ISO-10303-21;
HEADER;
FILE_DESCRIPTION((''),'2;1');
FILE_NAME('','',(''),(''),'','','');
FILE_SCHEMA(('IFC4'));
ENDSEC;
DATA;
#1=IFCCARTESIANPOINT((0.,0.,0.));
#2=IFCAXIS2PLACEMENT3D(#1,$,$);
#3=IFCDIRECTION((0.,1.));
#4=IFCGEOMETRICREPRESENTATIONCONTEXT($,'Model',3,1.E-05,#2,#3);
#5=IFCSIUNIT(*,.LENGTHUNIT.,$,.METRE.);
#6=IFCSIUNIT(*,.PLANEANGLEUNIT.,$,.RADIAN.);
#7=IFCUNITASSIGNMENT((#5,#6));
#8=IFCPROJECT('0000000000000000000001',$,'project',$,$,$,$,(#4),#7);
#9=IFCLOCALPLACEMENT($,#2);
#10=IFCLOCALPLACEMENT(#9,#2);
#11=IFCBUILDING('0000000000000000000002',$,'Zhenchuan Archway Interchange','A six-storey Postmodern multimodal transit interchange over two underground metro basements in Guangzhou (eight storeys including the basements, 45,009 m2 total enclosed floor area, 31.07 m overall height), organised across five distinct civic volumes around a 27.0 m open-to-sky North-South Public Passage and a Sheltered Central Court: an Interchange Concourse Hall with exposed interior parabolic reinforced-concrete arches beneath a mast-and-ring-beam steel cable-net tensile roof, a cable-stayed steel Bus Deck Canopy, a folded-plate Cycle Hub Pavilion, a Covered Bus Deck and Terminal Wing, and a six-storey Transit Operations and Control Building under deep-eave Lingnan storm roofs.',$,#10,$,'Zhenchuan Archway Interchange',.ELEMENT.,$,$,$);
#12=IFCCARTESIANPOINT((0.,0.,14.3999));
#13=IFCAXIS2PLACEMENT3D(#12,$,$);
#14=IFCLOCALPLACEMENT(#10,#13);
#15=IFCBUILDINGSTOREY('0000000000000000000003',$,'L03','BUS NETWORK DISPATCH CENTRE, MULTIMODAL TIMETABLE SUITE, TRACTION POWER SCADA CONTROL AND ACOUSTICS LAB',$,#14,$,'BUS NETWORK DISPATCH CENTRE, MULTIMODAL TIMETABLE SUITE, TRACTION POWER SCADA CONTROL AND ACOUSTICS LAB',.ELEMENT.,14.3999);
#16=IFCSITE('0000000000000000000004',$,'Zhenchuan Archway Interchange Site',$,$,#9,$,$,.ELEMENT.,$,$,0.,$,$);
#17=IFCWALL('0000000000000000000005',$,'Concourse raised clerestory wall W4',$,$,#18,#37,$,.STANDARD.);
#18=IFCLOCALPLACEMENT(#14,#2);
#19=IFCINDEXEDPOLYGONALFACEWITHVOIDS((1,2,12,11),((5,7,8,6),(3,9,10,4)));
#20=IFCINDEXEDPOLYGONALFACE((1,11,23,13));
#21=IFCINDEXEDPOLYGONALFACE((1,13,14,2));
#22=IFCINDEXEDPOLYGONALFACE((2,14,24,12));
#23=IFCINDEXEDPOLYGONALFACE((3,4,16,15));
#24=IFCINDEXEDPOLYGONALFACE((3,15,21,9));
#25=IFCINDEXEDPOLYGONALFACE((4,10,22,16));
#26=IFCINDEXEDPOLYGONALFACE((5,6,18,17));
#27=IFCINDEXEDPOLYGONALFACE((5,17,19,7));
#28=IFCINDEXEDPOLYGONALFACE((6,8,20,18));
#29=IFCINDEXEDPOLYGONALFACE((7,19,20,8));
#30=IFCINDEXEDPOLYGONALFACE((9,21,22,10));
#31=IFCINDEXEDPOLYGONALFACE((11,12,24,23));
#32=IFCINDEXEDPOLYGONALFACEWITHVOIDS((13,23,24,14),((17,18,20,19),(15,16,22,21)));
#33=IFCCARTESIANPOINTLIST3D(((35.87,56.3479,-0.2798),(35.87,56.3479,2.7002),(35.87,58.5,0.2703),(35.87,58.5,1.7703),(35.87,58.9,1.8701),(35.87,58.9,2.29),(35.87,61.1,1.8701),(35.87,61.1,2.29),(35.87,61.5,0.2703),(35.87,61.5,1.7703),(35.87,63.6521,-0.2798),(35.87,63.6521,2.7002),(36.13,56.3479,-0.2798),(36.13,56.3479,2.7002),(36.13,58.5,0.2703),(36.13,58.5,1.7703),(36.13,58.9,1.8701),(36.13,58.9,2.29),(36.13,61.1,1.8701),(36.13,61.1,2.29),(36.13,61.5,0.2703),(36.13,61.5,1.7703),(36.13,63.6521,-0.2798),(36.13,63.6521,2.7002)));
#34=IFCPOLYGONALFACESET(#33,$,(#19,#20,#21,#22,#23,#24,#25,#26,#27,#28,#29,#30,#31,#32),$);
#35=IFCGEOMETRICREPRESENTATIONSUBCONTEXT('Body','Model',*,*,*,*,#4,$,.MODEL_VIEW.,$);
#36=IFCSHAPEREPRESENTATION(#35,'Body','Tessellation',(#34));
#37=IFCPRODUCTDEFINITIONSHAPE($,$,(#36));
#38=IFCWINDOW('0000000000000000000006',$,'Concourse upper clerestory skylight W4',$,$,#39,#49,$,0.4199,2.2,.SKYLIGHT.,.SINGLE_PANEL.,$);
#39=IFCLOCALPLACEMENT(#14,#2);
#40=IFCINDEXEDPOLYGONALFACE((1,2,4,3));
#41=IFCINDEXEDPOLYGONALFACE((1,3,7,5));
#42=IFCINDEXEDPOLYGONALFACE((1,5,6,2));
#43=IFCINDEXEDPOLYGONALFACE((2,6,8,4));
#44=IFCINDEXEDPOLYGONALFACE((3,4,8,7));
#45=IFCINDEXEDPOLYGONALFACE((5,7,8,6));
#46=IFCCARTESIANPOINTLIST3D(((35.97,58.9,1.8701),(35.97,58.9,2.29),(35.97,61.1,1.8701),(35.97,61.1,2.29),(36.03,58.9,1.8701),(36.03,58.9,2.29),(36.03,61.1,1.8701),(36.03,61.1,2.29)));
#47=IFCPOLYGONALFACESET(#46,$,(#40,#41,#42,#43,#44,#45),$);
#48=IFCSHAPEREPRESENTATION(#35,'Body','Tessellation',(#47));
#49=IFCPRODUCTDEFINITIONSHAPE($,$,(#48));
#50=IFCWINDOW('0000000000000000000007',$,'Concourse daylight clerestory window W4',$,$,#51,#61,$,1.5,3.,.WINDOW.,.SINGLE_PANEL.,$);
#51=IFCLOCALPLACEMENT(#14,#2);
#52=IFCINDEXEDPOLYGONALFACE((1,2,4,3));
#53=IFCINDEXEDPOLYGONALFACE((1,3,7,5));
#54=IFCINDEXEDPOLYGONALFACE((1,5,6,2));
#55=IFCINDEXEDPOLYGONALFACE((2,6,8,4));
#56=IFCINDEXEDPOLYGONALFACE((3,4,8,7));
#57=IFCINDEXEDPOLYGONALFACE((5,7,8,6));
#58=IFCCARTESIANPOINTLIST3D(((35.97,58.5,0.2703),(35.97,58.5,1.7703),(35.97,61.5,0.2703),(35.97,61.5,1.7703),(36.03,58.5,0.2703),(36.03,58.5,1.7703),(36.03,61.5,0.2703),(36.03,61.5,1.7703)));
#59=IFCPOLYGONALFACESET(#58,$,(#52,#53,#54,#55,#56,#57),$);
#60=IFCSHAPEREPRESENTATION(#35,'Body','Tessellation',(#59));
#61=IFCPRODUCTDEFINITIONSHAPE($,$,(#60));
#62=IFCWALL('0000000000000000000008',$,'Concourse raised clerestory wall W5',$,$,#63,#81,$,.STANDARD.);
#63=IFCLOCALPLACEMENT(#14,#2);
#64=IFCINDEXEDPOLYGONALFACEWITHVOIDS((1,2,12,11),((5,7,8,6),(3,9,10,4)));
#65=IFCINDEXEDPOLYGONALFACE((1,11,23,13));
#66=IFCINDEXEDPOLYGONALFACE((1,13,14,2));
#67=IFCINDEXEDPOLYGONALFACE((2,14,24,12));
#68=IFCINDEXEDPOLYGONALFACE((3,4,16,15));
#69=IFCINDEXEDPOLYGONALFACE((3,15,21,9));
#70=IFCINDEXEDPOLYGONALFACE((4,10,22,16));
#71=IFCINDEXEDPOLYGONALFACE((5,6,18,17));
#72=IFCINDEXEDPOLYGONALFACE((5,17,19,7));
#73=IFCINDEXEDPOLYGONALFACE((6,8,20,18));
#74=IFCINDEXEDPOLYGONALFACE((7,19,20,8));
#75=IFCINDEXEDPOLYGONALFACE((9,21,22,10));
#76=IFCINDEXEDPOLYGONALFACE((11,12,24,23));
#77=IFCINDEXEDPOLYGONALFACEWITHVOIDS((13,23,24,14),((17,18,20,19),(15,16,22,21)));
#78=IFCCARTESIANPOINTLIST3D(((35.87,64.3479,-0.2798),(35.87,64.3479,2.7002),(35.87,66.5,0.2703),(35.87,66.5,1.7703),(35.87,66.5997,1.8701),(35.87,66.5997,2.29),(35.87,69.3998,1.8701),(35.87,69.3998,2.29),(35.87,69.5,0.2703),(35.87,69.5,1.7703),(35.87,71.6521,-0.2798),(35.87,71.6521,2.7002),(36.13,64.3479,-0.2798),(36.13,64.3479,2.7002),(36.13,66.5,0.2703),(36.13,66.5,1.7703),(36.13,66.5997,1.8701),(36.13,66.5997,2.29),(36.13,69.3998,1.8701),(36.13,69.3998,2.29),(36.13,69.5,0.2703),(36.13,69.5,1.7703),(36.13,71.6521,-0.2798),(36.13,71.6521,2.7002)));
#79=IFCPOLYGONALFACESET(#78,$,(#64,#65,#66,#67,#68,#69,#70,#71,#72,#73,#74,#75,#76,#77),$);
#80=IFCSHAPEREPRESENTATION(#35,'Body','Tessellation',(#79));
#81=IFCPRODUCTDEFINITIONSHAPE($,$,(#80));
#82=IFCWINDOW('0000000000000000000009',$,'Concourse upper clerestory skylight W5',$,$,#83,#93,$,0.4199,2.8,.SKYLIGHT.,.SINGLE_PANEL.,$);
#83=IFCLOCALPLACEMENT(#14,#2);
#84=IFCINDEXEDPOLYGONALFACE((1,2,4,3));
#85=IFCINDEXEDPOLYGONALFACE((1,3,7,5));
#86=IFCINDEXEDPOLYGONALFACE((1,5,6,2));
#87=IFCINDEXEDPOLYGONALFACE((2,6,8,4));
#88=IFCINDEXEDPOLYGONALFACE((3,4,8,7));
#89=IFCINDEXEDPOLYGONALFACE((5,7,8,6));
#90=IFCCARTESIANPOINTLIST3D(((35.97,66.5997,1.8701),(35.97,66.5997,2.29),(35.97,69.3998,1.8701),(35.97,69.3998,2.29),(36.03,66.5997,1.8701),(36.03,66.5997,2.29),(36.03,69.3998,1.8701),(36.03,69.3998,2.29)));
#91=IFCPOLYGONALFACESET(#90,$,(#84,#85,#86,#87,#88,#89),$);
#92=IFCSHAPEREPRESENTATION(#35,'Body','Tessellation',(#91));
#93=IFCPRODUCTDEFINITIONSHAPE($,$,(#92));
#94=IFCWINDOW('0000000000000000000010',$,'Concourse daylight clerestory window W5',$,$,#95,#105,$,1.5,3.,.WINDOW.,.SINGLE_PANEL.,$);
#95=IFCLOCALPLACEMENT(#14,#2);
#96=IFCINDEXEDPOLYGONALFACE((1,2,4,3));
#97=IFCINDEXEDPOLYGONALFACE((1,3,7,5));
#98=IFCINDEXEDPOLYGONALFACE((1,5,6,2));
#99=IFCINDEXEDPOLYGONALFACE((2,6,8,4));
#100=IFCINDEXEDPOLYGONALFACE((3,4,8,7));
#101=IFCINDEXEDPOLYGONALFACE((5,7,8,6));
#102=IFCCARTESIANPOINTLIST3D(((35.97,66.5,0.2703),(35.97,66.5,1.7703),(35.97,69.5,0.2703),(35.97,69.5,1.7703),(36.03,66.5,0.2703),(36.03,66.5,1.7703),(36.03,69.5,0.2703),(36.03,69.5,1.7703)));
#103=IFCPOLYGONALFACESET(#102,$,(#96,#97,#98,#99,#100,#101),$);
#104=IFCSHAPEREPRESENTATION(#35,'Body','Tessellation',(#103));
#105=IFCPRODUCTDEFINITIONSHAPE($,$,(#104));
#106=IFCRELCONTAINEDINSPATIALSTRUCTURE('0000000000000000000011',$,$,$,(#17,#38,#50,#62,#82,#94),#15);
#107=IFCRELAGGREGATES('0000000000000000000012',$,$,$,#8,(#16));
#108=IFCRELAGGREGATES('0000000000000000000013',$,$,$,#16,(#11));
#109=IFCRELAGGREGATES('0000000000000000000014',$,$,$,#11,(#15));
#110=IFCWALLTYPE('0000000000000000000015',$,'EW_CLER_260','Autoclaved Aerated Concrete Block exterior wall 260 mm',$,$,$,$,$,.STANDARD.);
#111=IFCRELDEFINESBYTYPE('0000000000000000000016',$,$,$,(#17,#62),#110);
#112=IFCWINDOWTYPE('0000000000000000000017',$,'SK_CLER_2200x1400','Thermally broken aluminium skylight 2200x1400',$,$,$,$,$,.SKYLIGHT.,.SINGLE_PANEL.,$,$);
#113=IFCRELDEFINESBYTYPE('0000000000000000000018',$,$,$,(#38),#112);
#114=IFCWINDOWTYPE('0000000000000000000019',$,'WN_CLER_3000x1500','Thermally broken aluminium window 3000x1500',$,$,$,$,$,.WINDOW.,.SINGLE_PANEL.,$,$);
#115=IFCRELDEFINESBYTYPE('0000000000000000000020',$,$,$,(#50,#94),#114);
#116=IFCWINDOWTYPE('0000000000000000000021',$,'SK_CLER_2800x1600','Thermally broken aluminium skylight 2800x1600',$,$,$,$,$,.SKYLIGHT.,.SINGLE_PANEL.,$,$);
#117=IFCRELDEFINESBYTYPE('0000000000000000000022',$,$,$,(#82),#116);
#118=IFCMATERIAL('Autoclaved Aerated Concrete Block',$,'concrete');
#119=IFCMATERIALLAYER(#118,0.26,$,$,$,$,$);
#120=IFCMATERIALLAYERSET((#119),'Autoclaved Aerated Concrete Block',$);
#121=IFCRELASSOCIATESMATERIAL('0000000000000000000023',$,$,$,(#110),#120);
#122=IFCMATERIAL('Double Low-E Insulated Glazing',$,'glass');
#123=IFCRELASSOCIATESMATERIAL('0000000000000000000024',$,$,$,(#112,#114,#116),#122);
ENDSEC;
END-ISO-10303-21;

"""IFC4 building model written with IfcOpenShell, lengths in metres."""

from ifc_helpers import new_model, si_unit, direction, frame, frame_2d, origin, place, context, subcontext, project, spatial, rectangle, extrude, material, layer, layer_set, type_object, element, fill, save


model = new_model("IFC4")

# Units and contexts
model_context = context("Model", 3, precision=1e-05, world=origin(), true_north=direction((0.0, 1.0)))
body_context = subcontext(model_context, "Body", "Model", "MODEL_VIEW")
ifc_project = project(units=[si_unit("LENGTHUNIT", "METRE"), si_unit("PLANEANGLEUNIT", "RADIAN")], contexts=[model_context])

# Site, building, storey
site_placement = place(None, origin())
site = spatial("IfcSite", under=ifc_project, at=site_placement, Name="Zhenchuan Archway Interchange Site", CompositionType="ELEMENT", RefElevation=0.0)
building_placement = place(site_placement, origin())
building = spatial("IfcBuilding", under=site, at=building_placement, Name="Zhenchuan Archway Interchange", Description="A six-storey Postmodern multimodal transit interchange over two underground metro basements in Guangzhou (eight storeys including the basements, 45,009 m2 total enclosed floor area, 31.07 m overall height), organised across five distinct civic volumes around a 27.0 m open-to-sky North-South Public Passage and a Sheltered Central Court: an Interchange Concourse Hall with exposed interior parabolic reinforced-concrete arches beneath a mast-and-ring-beam steel cable-net tensile roof, a cable-stayed steel Bus Deck Canopy, a folded-plate Cycle Hub Pavilion, a Covered Bus Deck and Terminal Wing, and a six-storey Transit Operations and Control Building under deep-eave Lingnan storm roofs.", LongName="Zhenchuan Archway Interchange", CompositionType="ELEMENT")
storey_placement = place(building_placement, frame((0.0, 0.0, 14.3999)))
storey = spatial("IfcBuildingStorey", under=building, at=storey_placement, Name="L03", Description="BUS NETWORK DISPATCH CENTRE, MULTIMODAL TIMETABLE SUITE, TRACTION POWER SCADA CONTROL AND ACOUSTICS LAB", LongName="BUS NETWORK DISPATCH CENTRE, MULTIMODAL TIMETABLE SUITE, TRACTION POWER SCADA CONTROL AND ACOUSTICS LAB", CompositionType="ELEMENT", Elevation=14.3999)

# Shared definitions
ifc_material_1 = material(Name="Double Low-E Insulated Glazing", Category="glass")

# Walls, openings, windows
ifc_material_2 = material(Name="Autoclaved Aerated Concrete Block", Category="concrete")
ifc_layer_1 = layer(ifc_material_2, 0.26)
ifc_layer_set_1 = layer_set([ifc_layer_1], Name="Autoclaved Aerated Concrete Block")
wall_type = type_object("IfcWallType", Name="EW_CLER_260", Description="Autoclaved Aerated Concrete Block exterior wall 260 mm", PredefinedType="STANDARD", material=ifc_layer_set_1)
wall_1_placement = place(storey_placement, frame((36.0, 56.3479, -0.2798), z_axis=(0.0, 0.0, 1.0), x_axis=(0.0, 1.0, 0.0)))
wall_1 = element("IfcWall", 1, at=wall_1_placement, inside=storey, type_object=wall_type, Name="Concourse raised clerestory wall W4", PredefinedType="STANDARD", context=body_context, shape_type="SweptSolid", body=[
    extrude(rectangle(XDim=7.3042, YDim=0.26, at=frame_2d((3.6521, 0.0))), origin(), (0.0, 0.0, 1.0), 2.98),
])
opening_1_placement = place(wall_1_placement, frame((2.1521, 0.0, 0.55)))
opening_1 = element("IfcOpeningElement", 2, at=opening_1_placement, cuts=wall_1, PredefinedType="OPENING", context=body_context, shape_type="SweptSolid", body=[
    extrude(rectangle(XDim=3.0, YDim=1.5, at=frame_2d((1.5, 0.75))), frame((0.0, 0.1421, 0.0), z_axis=(0.0, -1.0, 0.0), x_axis=(1.0, 0.0, 0.0)), (0.0, 0.0, 1.0), 0.2839),
])
opening_2_placement = place(wall_1_placement, frame((2.552, 0.0, 2.1499)))
opening_2 = element("IfcOpeningElement", 3, at=opening_2_placement, cuts=wall_1, PredefinedType="OPENING", context=body_context, shape_type="SweptSolid", body=[
    extrude(rectangle(XDim=2.2, YDim=0.4199, at=frame_2d((1.1001, 0.21))), frame((0.0, 0.1421, 0.0), z_axis=(0.0, -1.0, 0.0), x_axis=(1.0, 0.0, 0.0)), (0.0, 0.0, 1.0), 0.2839),
])
window_type_1 = type_object("IfcWindowType", Name="SK_CLER_2200x1400", Description="Thermally broken aluminium skylight 2200x1400", PartitioningType="SINGLE_PANEL", PredefinedType="SKYLIGHT", material=ifc_material_1)
window_1_placement = place(opening_2_placement, origin())
window_1 = element("IfcWindow", 4, at=window_1_placement, inside=storey, type_object=window_type_1, Name="Concourse upper clerestory skylight W4", OverallHeight=0.4199, OverallWidth=2.2, PartitioningType="SINGLE_PANEL", PredefinedType="SKYLIGHT", context=body_context, shape_type="SweptSolid", body=[
    extrude(rectangle(XDim=2.2, YDim=0.4199, at=frame_2d((1.1001, 0.21))), frame((0.0, 0.03, 0.0), z_axis=(0.0, -1.0, 0.0), x_axis=(1.0, 0.0, 0.0)), (0.0, 0.0, 1.0), 0.0601),
])
fill(opening_2, window_1)
window_type_2 = type_object("IfcWindowType", Name="WN_CLER_3000x1500", Description="Thermally broken aluminium window 3000x1500", PartitioningType="SINGLE_PANEL", PredefinedType="WINDOW", material=ifc_material_1)
window_2_placement = place(opening_1_placement, origin())
window_2 = element("IfcWindow", 5, at=window_2_placement, inside=storey, type_object=window_type_2, Name="Concourse daylight clerestory window W4", OverallHeight=1.5, OverallWidth=3.0, PartitioningType="SINGLE_PANEL", PredefinedType="WINDOW", context=body_context, shape_type="SweptSolid", body=[
    extrude(rectangle(XDim=3.0, YDim=1.5, at=frame_2d((1.5, 0.75))), frame((0.0, 0.03, 0.0), z_axis=(0.0, -1.0, 0.0), x_axis=(1.0, 0.0, 0.0)), (0.0, 0.0, 1.0), 0.0601),
])
fill(opening_1, window_2)
wall_2_placement = place(storey_placement, frame((36.0, 64.3479, -0.2798), z_axis=(0.0, 0.0, 1.0), x_axis=(0.0, 1.0, 0.0)))
wall_2 = element("IfcWall", 6, at=wall_2_placement, inside=storey, type_object=wall_type, Name="Concourse raised clerestory wall W5", PredefinedType="STANDARD", context=body_context, shape_type="SweptSolid", body=[
    extrude(rectangle(XDim=7.3042, YDim=0.26, at=frame_2d((3.6521, 0.0))), origin(), (0.0, 0.0, 1.0), 2.98),
])
opening_3_placement = place(wall_2_placement, frame((2.1521, 0.0, 0.55)))
opening_3 = element("IfcOpeningElement", 7, at=opening_3_placement, cuts=wall_2, PredefinedType="OPENING", context=body_context, shape_type="SweptSolid", body=[
    extrude(rectangle(XDim=3.0, YDim=1.5, at=frame_2d((1.5, 0.75))), frame((0.0, 0.1421, 0.0), z_axis=(0.0, -1.0, 0.0), x_axis=(1.0, 0.0, 0.0)), (0.0, 0.0, 1.0), 0.2839),
])
opening_4_placement = place(wall_2_placement, frame((2.252, 0.0, 2.1499)))
opening_4 = element("IfcOpeningElement", 8, at=opening_4_placement, cuts=wall_2, PredefinedType="OPENING", context=body_context, shape_type="SweptSolid", body=[
    extrude(rectangle(XDim=2.8, YDim=0.4199, at=frame_2d((1.3999, 0.21))), frame((0.0, 0.1421, 0.0), z_axis=(0.0, -1.0, 0.0), x_axis=(1.0, 0.0, 0.0)), (0.0, 0.0, 1.0), 0.2839),
])
window_type_3 = type_object("IfcWindowType", Name="SK_CLER_2800x1600", Description="Thermally broken aluminium skylight 2800x1600", PartitioningType="SINGLE_PANEL", PredefinedType="SKYLIGHT", material=ifc_material_1)
window_3_placement = place(opening_4_placement, origin())
window_3 = element("IfcWindow", 9, at=window_3_placement, inside=storey, type_object=window_type_3, Name="Concourse upper clerestory skylight W5", OverallHeight=0.4199, OverallWidth=2.8, PartitioningType="SINGLE_PANEL", PredefinedType="SKYLIGHT", context=body_context, shape_type="SweptSolid", body=[
    extrude(rectangle(XDim=2.8, YDim=0.4199, at=frame_2d((1.3999, 0.21))), frame((0.0, 0.03, 0.0), z_axis=(0.0, -1.0, 0.0), x_axis=(1.0, 0.0, 0.0)), (0.0, 0.0, 1.0), 0.0601),
])
fill(opening_4, window_3)
window_4_placement = place(opening_3_placement, origin())
window_4 = element("IfcWindow", 10, at=window_4_placement, inside=storey, type_object=window_type_2, Name="Concourse daylight clerestory window W5", OverallHeight=1.5, OverallWidth=3.0, PartitioningType="SINGLE_PANEL", PredefinedType="WINDOW", context=body_context, shape_type="SweptSolid", body=[
    extrude(rectangle(XDim=3.0, YDim=1.5, at=frame_2d((1.5, 0.75))), frame((0.0, 0.03, 0.0), z_axis=(0.0, -1.0, 0.0), x_axis=(1.0, 0.0, 0.0)), (0.0, 0.0, 1.0), 0.0601),
])
fill(opening_3, window_4)

save(model, "model.ifc")
